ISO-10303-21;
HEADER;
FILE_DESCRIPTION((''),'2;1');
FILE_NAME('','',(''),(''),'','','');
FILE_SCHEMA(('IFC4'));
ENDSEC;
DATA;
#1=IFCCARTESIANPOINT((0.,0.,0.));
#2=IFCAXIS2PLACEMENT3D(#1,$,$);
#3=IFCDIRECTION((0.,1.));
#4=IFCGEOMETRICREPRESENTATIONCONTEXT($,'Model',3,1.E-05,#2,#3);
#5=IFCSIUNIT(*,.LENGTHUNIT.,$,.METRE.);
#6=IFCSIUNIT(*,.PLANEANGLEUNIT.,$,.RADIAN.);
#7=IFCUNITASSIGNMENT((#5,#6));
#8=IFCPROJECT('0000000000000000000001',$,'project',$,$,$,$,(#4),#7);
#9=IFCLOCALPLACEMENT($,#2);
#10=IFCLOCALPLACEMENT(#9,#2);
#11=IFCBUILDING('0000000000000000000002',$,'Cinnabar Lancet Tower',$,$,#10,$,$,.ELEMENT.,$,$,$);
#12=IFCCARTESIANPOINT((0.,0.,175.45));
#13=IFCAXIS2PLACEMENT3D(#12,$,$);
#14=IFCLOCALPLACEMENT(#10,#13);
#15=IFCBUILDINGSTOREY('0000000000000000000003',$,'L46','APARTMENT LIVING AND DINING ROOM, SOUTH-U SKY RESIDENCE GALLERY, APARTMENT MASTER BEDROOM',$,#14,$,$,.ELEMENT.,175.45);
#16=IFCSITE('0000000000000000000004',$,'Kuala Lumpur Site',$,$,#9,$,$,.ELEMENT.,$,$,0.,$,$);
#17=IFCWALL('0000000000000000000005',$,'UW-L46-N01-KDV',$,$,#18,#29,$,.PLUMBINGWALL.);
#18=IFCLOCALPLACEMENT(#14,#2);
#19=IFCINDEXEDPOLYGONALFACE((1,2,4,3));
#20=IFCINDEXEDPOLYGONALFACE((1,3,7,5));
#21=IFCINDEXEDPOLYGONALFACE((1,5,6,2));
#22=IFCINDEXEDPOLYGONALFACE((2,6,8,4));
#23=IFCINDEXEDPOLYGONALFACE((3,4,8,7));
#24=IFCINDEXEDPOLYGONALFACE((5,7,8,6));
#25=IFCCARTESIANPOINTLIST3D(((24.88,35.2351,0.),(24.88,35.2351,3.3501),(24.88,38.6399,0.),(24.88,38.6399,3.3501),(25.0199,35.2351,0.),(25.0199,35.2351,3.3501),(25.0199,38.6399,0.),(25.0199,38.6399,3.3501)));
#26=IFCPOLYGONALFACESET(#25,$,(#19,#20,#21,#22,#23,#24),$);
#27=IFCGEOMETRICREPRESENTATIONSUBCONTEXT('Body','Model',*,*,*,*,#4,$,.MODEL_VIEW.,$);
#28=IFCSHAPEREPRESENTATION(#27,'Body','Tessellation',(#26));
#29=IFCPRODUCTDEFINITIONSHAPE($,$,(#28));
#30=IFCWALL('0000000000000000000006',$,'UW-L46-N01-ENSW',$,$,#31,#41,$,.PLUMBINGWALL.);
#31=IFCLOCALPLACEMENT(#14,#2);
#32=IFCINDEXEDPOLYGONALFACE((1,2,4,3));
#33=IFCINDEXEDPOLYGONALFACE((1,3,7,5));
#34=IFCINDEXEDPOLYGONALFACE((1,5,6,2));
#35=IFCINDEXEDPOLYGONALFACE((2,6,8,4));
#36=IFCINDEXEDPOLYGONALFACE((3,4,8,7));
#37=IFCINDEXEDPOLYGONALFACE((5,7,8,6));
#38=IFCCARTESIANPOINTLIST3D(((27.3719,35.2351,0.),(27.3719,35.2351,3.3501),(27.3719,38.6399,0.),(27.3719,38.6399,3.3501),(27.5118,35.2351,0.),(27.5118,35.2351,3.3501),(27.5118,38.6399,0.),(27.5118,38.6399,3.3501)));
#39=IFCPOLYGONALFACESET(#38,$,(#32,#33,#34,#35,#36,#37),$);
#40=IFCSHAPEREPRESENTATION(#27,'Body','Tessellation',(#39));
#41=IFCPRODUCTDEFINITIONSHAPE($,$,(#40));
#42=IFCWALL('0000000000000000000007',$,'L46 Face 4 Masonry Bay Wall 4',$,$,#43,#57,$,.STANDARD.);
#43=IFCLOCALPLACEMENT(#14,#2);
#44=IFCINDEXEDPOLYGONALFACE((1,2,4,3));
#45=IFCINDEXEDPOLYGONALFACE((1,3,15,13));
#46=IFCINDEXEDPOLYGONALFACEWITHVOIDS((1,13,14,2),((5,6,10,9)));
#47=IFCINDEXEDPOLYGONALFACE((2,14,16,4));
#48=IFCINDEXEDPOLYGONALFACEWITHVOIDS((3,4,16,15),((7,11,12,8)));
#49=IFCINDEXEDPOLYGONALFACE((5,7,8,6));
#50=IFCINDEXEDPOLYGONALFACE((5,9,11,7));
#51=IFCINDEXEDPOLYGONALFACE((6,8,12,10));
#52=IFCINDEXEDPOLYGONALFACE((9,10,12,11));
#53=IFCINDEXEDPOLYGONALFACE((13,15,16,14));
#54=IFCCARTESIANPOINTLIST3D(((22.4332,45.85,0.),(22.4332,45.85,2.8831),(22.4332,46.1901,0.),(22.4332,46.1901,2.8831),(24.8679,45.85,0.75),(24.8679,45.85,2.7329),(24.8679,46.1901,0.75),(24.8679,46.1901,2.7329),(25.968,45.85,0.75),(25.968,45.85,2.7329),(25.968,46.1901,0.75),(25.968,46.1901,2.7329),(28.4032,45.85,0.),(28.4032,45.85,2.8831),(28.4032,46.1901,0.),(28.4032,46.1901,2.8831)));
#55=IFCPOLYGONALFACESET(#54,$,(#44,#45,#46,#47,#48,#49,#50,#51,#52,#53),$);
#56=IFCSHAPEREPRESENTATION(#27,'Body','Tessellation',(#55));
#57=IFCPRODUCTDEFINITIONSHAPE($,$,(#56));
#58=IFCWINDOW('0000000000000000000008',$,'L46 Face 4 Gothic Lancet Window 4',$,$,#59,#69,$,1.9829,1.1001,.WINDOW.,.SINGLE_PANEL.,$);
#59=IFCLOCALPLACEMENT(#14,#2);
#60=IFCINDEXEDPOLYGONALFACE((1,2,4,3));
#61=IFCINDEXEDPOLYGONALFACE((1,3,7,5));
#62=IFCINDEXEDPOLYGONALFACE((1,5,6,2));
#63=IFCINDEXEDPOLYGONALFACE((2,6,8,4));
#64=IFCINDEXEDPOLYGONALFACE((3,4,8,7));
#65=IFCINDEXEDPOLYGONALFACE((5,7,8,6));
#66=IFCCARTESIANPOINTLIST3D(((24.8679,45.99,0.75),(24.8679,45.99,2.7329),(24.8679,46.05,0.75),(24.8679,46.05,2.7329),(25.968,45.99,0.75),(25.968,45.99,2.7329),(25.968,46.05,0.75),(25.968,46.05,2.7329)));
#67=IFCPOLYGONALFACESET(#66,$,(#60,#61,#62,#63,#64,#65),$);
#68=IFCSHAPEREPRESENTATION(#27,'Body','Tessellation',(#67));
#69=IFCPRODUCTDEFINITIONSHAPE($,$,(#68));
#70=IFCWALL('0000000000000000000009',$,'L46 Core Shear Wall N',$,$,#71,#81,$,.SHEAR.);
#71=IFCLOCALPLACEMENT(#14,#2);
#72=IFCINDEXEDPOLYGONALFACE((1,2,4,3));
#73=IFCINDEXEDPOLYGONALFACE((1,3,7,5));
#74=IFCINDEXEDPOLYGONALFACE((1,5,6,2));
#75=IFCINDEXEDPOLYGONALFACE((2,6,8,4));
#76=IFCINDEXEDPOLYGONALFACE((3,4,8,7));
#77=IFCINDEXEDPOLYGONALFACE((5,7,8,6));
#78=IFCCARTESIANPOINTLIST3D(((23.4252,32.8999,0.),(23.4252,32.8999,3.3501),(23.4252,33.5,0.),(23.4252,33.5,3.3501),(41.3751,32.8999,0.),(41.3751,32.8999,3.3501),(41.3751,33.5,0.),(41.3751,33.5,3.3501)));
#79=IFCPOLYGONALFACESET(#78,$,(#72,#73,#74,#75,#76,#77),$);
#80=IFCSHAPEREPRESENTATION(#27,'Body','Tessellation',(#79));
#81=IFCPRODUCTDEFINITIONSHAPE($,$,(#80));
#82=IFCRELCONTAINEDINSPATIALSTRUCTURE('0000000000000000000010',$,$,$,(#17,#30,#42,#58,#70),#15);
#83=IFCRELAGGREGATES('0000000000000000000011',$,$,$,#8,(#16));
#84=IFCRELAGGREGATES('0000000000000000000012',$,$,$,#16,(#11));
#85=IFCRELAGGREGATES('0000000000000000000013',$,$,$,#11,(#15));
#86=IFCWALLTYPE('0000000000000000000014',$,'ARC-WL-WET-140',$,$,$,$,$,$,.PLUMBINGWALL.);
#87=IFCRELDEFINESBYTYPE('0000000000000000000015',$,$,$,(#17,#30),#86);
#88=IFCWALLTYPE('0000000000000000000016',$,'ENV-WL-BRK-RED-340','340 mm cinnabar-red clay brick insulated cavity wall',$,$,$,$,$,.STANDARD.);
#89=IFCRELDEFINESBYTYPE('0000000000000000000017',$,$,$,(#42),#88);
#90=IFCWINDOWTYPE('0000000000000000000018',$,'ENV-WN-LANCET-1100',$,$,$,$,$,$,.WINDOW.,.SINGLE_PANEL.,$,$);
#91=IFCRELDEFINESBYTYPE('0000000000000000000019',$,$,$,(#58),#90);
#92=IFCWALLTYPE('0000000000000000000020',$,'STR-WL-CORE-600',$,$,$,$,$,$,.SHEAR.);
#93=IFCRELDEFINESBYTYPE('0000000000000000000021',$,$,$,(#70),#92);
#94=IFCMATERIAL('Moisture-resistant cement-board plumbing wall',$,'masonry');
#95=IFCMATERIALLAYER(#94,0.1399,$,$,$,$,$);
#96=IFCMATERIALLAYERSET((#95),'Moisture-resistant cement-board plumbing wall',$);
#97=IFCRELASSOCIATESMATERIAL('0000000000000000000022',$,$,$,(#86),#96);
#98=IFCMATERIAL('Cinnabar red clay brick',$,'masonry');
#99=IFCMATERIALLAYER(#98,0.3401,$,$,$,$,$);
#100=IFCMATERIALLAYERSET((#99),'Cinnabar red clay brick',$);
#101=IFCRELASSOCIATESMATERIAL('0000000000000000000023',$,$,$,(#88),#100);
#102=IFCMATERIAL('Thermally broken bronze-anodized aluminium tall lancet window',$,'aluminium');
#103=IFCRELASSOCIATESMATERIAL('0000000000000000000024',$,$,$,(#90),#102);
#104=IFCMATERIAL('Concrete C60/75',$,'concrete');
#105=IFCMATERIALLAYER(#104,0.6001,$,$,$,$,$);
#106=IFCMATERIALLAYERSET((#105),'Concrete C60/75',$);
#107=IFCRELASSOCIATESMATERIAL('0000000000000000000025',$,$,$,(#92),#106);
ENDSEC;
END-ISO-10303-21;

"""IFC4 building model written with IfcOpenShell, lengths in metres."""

from ifc_helpers import new_model, si_unit, direction, frame, frame_2d, origin, place, context, subcontext, project, spatial, rectangle, extrude, material, layer, layer_set, type_object, element, fill, save


model = new_model("IFC4")

# Units and contexts
model_context = context("Model", 3, precision=1e-05, world=origin(), true_north=direction((0.0, 1.0)))
body_context = subcontext(model_context, "Body", "Model", "MODEL_VIEW")
ifc_project = project(units=[si_unit("LENGTHUNIT", "METRE"), si_unit("PLANEANGLEUNIT", "RADIAN")], contexts=[model_context])

# Site, building, storey
site_placement = place(None, origin())
site = spatial("IfcSite", under=ifc_project, at=site_placement, Name="Kuala Lumpur Site", CompositionType="ELEMENT", RefElevation=0.0)
building_placement = place(site_placement, origin())
building = spatial("IfcBuilding", under=site, at=building_placement, Name="Cinnabar Lancet Tower", CompositionType="ELEMENT")
storey_placement = place(building_placement, frame((0.0, 0.0, 175.45)))
storey = spatial("IfcBuildingStorey", under=building, at=storey_placement, Name="L46", Description="APARTMENT LIVING AND DINING ROOM, SOUTH-U SKY RESIDENCE GALLERY, APARTMENT MASTER BEDROOM", CompositionType="ELEMENT", Elevation=175.45)

# Shared definitions
ifc_material_1 = material(Name="Moisture-resistant cement-board plumbing wall", Category="masonry")
ifc_layer_1 = layer(ifc_material_1, 0.1399)
ifc_layer_set_1 = layer_set([ifc_layer_1], Name="Moisture-resistant cement-board plumbing wall")
wall_type_1 = type_object("IfcWallType", Name="ARC-WL-WET-140", PredefinedType="PLUMBINGWALL", material=ifc_layer_set_1)

# Walls
for number, where, z_axis, x_axis, name in (
    (1, (24.95, 35.2351, 0.0), (0.0, 0.0, 1.0), (0.0, 1.0, 0.0), "UW-L46-N01-KDV"),
    (2, (27.4419, 35.2351, 0.0), (0.0, 0.0, 1.0), (0.0, 1.0, 0.0), "UW-L46-N01-ENSW"),
):
    element("IfcWall", number, at=place(storey_placement, frame(where, z_axis=z_axis, x_axis=x_axis)), inside=storey, type_object=wall_type_1, Name=name, PredefinedType="PLUMBINGWALL", context=body_context, shape_type="SweptSolid", body=[
        extrude(rectangle(XDim=3.4048, YDim=0.1399, at=frame_2d((1.7024, 0.0))), origin(), (0.0, 0.0, 1.0), 3.3501),
    ])

# Wall, opening, window
ifc_material_2 = material(Name="Cinnabar red clay brick", Category="masonry")
ifc_layer_2 = layer(ifc_material_2, 0.3401)
ifc_layer_set_2 = layer_set([ifc_layer_2], Name="Cinnabar red clay brick")
wall_type_2 = type_object("IfcWallType", Name="ENV-WL-BRK-RED-340", Description="340 mm cinnabar-red clay brick insulated cavity wall", PredefinedType="STANDARD", material=ifc_layer_set_2)
wall_1_placement = place(storey_placement, frame((28.4031, 46.02, 0.0), z_axis=(0.0, 0.0, 1.0), x_axis=(-1.0, 0.0, 0.0)))
wall_1 = element("IfcWall", 3, at=wall_1_placement, inside=storey, type_object=wall_type_2, Name="L46 Face 4 Masonry Bay Wall 4", PredefinedType="STANDARD", context=body_context, shape_type="SweptSolid", body=[
    extrude(rectangle(XDim=5.97, YDim=0.3401, at=frame_2d((2.9849, 0.0))), origin(), (0.0, 0.0, 1.0), 2.8831),
])
opening_1_placement = place(wall_1_placement, frame((2.4351, 0.0, 0.75)))
opening_1 = element("IfcOpeningElement", 4, at=opening_1_placement, cuts=wall_1, PredefinedType="OPENING", context=body_context, shape_type="SweptSolid", body=[
    extrude(rectangle(XDim=1.1001, YDim=1.9829, at=frame_2d((0.55, 0.9915))), frame((0.0, 0.1799, 0.0), z_axis=(0.0, -1.0, 0.0), x_axis=(1.0, 0.0, 0.0)), (0.0, 0.0, 1.0), 0.3601),
])
ifc_material_3 = material(Name="Thermally broken bronze-anodized aluminium tall lancet window", Category="aluminium")
window_type = type_object("IfcWindowType", Name="ENV-WN-LANCET-1100", PartitioningType="SINGLE_PANEL", PredefinedType="WINDOW", material=ifc_material_3)
window_placement = place(opening_1_placement, origin())
window = element("IfcWindow", 5, at=window_placement, inside=storey, type_object=window_type, Name="L46 Face 4 Gothic Lancet Window 4", OverallHeight=1.9829, OverallWidth=1.1001, PartitioningType="SINGLE_PANEL", PredefinedType="WINDOW", context=body_context, shape_type="SweptSolid", body=[
    extrude(rectangle(XDim=1.1001, YDim=1.9829, at=frame_2d((0.55, 0.9915))), frame((0.0, 0.03, 0.0), z_axis=(0.0, -1.0, 0.0), x_axis=(1.0, 0.0, 0.0)), (0.0, 0.0, 1.0), 0.0601),
])
fill(opening_1, window)

# Wall
ifc_material_4 = material(Name="Concrete C60/75", Category="concrete")
ifc_layer_3 = layer(ifc_material_4, 0.6001)
ifc_layer_set_3 = layer_set([ifc_layer_3], Name="Concrete C60/75")
wall_type_3 = type_object("IfcWallType", Name="STR-WL-CORE-600", PredefinedType="SHEAR", material=ifc_layer_set_3)
wall_2_placement = place(storey_placement, frame((23.425, 33.2, 0.0), z_axis=(0.0, 0.0, 1.0), x_axis=(1.0, 0.0, 0.0)))
element("IfcWall", 6, at=wall_2_placement, inside=storey, type_object=wall_type_3, Name="L46 Core Shear Wall N", PredefinedType="SHEAR", context=body_context, shape_type="SweptSolid", body=[
    extrude(rectangle(XDim=17.95, YDim=0.6001, at=frame_2d((8.9751, 0.0))), origin(), (0.0, 0.0, 1.0), 3.3501),
])

save(model, "model.ifc")
